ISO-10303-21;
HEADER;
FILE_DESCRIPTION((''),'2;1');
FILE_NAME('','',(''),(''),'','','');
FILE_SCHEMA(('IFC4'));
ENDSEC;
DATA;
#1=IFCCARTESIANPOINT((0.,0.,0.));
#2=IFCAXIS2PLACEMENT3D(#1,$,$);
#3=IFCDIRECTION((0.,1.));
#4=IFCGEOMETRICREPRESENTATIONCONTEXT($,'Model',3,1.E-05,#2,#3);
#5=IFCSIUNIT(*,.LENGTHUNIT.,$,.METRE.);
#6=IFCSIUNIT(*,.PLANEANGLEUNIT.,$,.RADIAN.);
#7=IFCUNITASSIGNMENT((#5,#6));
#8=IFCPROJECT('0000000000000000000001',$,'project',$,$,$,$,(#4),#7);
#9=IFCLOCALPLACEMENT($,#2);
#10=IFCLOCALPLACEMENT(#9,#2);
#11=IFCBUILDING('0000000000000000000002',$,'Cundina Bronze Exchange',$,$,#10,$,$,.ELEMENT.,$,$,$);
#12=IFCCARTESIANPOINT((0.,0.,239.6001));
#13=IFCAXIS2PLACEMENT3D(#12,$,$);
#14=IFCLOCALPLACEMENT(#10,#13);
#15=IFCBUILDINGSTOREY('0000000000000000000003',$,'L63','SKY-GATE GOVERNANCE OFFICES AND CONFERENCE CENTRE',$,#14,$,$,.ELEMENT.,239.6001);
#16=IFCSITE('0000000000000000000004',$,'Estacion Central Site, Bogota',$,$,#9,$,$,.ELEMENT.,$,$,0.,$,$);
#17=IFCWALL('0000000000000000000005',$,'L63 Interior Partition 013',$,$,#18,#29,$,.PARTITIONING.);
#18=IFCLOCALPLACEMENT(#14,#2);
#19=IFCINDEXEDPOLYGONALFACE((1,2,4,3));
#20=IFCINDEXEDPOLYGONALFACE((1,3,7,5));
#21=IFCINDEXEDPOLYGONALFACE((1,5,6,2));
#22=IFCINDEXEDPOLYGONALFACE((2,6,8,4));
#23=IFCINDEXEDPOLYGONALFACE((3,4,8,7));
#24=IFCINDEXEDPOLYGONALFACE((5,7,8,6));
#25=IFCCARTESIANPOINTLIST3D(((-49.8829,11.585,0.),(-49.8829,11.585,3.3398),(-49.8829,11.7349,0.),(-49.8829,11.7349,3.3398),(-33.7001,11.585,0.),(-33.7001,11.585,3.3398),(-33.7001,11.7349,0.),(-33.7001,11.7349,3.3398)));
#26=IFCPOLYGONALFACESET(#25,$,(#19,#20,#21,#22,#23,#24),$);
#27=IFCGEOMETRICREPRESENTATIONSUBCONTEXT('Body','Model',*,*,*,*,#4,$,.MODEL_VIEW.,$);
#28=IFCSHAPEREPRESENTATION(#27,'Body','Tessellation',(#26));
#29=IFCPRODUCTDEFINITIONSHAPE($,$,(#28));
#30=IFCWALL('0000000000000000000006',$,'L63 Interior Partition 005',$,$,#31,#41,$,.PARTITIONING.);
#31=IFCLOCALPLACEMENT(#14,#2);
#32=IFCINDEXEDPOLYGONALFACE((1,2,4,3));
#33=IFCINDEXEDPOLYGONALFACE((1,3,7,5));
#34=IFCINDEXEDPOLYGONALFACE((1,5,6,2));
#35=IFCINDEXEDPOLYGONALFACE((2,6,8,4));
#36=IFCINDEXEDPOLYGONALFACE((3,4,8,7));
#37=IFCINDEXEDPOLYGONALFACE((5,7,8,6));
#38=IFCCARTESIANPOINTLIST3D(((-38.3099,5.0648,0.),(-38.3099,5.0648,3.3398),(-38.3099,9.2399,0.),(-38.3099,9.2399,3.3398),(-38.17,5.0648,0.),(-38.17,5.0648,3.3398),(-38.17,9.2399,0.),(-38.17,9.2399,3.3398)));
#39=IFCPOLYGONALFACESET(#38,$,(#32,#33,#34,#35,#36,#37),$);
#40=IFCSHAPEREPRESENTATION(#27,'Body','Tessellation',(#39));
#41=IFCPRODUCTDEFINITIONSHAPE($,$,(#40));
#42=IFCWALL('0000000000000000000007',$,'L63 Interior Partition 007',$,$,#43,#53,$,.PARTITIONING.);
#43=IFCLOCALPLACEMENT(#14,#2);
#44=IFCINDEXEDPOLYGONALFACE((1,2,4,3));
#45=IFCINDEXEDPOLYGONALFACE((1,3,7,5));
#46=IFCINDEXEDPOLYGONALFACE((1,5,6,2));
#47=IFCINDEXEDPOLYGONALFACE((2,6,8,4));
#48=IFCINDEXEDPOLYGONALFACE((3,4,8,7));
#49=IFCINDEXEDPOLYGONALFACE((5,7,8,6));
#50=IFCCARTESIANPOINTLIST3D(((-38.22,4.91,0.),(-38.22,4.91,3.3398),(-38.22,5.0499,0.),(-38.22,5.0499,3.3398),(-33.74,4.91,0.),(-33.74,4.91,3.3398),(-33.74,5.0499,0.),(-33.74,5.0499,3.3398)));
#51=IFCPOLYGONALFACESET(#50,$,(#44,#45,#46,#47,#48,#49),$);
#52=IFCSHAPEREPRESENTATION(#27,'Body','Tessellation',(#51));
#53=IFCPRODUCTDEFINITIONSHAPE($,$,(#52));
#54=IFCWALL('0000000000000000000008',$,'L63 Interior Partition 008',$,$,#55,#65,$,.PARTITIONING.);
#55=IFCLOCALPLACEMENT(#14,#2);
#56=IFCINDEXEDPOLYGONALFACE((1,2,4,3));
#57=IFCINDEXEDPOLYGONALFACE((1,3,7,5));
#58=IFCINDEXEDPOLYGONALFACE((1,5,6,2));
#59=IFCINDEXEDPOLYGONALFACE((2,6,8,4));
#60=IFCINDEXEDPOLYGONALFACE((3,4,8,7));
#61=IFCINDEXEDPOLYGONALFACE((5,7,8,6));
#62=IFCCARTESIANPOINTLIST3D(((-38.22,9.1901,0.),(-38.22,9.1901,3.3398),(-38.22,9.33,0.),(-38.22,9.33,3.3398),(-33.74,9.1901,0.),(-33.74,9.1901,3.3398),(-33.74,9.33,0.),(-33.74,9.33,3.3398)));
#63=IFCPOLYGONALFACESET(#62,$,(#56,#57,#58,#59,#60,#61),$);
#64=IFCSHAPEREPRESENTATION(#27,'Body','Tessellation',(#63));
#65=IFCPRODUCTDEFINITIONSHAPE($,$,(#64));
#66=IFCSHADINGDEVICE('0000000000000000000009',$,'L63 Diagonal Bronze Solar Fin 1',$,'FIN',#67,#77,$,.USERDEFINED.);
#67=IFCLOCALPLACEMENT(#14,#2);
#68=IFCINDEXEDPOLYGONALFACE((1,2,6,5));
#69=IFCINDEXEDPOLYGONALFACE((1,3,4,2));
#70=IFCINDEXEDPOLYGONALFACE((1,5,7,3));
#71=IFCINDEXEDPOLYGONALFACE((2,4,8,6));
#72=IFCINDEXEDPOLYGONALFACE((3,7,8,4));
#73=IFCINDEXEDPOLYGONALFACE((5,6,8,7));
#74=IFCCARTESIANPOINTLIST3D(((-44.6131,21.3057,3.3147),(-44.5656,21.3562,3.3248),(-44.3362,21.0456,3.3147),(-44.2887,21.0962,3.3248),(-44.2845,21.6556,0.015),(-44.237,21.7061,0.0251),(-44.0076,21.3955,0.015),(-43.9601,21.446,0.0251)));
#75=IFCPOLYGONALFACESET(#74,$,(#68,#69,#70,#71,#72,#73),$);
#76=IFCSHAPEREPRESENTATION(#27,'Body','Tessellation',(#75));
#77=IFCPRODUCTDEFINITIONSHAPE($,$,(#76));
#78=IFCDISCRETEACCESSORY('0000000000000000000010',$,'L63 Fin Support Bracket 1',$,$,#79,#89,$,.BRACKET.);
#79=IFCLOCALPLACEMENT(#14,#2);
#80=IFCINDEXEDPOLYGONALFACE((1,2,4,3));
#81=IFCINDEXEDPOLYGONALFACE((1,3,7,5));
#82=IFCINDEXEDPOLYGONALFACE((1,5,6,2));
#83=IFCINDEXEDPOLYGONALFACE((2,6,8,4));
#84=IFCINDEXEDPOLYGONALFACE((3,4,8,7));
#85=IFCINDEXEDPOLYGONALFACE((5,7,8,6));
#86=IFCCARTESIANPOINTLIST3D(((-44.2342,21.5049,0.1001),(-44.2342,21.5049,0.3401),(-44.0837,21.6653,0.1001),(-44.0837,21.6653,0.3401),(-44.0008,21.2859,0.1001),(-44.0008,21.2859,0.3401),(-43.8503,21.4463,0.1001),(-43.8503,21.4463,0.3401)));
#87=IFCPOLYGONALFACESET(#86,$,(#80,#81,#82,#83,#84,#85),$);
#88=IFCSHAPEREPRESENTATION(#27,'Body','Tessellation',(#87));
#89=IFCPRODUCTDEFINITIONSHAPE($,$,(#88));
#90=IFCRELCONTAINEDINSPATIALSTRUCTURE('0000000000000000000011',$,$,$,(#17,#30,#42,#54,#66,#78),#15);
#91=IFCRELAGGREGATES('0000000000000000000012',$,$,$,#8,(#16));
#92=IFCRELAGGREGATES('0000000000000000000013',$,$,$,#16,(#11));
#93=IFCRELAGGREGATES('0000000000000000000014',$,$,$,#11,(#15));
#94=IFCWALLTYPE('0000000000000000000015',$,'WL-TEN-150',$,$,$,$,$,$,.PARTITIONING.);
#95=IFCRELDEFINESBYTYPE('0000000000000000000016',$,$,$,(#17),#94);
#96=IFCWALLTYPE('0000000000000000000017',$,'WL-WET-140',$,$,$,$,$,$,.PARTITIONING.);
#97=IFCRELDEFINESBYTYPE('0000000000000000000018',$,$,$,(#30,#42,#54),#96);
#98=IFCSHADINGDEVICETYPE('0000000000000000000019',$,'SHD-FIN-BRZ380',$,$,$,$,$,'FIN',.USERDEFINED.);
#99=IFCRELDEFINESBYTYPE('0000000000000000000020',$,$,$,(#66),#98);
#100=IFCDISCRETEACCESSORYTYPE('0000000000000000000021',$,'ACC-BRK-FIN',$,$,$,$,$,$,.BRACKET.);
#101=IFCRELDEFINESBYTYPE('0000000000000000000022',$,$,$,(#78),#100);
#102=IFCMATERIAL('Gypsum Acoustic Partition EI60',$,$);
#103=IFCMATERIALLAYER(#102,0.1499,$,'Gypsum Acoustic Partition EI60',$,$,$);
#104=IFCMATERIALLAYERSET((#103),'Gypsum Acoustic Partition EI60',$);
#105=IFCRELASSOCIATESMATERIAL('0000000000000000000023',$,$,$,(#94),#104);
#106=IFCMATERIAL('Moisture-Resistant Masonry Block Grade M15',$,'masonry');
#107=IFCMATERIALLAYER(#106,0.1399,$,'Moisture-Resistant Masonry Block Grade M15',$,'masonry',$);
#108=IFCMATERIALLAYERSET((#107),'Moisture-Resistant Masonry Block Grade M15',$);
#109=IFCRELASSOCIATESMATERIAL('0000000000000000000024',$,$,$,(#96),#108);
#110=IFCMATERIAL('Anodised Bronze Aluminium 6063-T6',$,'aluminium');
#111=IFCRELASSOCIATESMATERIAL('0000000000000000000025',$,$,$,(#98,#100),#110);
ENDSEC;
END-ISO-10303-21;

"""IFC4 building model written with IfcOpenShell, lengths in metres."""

from ifc_helpers import new_model, si_unit, direction, frame, frame_2d, origin, origin_2d, place, context, subcontext, project, spatial, rectangle, extrude, material, layer, layer_set, material_profile, profile_set, type_object, element, save


model = new_model("IFC4")

# Units and contexts
model_context = context("Model", 3, precision=1e-05, world=origin(), true_north=direction((0.0, 1.0)))
body_context = subcontext(model_context, "Body", "Model", "MODEL_VIEW")
ifc_project = project(units=[si_unit("LENGTHUNIT", "METRE"), si_unit("PLANEANGLEUNIT", "RADIAN")], contexts=[model_context])

# Site, building, storey
site_placement = place(None, origin())
site = spatial("IfcSite", under=ifc_project, at=site_placement, Name="Estacion Central Site, Bogota", CompositionType="ELEMENT", RefElevation=0.0)
building_placement = place(site_placement, origin())
building = spatial("IfcBuilding", under=site, at=building_placement, Name="Cundina Bronze Exchange", CompositionType="ELEMENT")
storey_placement = place(building_placement, frame((0.0, 0.0, 239.6001)))
storey = spatial("IfcBuildingStorey", under=building, at=storey_placement, Name="L63", Description="SKY-GATE GOVERNANCE OFFICES AND CONFERENCE CENTRE", CompositionType="ELEMENT", Elevation=239.6001)

# Shared definitions
ifc_material_1 = material(Name="Anodised Bronze Aluminium 6063-T6", Category="aluminium")

# Walls
ifc_material_2 = material(Name="Gypsum Acoustic Partition EI60")
ifc_layer_1 = layer(ifc_material_2, 0.1499, Name="Gypsum Acoustic Partition EI60")
ifc_layer_set_1 = layer_set([ifc_layer_1], Name="Gypsum Acoustic Partition EI60")
wall_type_1 = type_object("IfcWallType", Name="WL-TEN-150", PredefinedType="PARTITIONING", material=ifc_layer_set_1)
wall_1_placement = place(storey_placement, frame((-49.8828, 11.6599, 0.0), z_axis=(0.0, 0.0, 1.0), x_axis=(1.0, 0.0, 0.0)))
element("IfcWall", 1, at=wall_1_placement, inside=storey, type_object=wall_type_1, Name="L63 Interior Partition 013", PredefinedType="PARTITIONING", context=body_context, shape_type="SweptSolid", body=[
    extrude(rectangle(XDim=16.1829, YDim=0.1499, at=frame_2d((8.0913, 0.0))), origin(), (0.0, 0.0, 1.0), 3.3398),
])
ifc_material_3 = material(Name="Moisture-Resistant Masonry Block Grade M15", Category="masonry")
ifc_layer_2 = layer(ifc_material_3, 0.1399, Name="Moisture-Resistant Masonry Block Grade M15", Category="masonry")
ifc_layer_set_2 = layer_set([ifc_layer_2], Name="Moisture-Resistant Masonry Block Grade M15")
wall_type_2 = type_object("IfcWallType", Name="WL-WET-140", PredefinedType="PARTITIONING", material=ifc_layer_set_2)
wall_2_placement = place(storey_placement, frame((-38.24, 5.0649, 0.0), z_axis=(0.0, 0.0, 1.0), x_axis=(0.0, 1.0, 0.0)))
element("IfcWall", 2, at=wall_2_placement, inside=storey, type_object=wall_type_2, Name="L63 Interior Partition 005", PredefinedType="PARTITIONING", context=body_context, shape_type="SweptSolid", body=[
    extrude(rectangle(XDim=4.175, YDim=0.1399, at=frame_2d((2.0874, 0.0))), origin(), (0.0, 0.0, 1.0), 3.3398),
])
for number, where, z_axis, x_axis, name in (
    (3, (-38.22, 4.98, 0.0), (0.0, 0.0, 1.0), (1.0, 0.0, 0.0), "L63 Interior Partition 007"),
    (4, (-38.22, 9.26, 0.0), (0.0, 0.0, 1.0), (1.0, 0.0, 0.0), "L63 Interior Partition 008"),
):
    element("IfcWall", number, at=place(storey_placement, frame(where, z_axis=z_axis, x_axis=x_axis)), inside=storey, type_object=wall_type_2, Name=name, PredefinedType="PARTITIONING", context=body_context, shape_type="SweptSolid", body=[
        extrude(rectangle(XDim=4.48, YDim=0.1399, at=frame_2d((2.24, 0.0))), origin(), (0.0, 0.0, 1.0), 3.3398),
    ])

# Shading device
ifc_material_profile_1 = material_profile(ifc_material_1, rectangle(XDim=0.0701, YDim=0.3799, at=origin_2d()), Name="FIN70X380", Category="aluminium")
ifc_profile_set_1 = profile_set([ifc_material_profile_1], Name="Anodised Bronze Aluminium 6063-T6")
shading_device_type = type_object("IfcShadingDeviceType", Name="SHD-FIN-BRZ380", ElementType="FIN", PredefinedType="USERDEFINED", material=ifc_profile_set_1)
shading_device_placement = place(storey_placement, frame((-44.1223, 21.5508, 0.02), z_axis=(-0.098549, -0.104918, 0.989586), x_axis=(0.677505, 0.721296, 0.143943)))
element("IfcShadingDevice", 5, at=shading_device_placement, inside=storey, type_object=shading_device_type, Name="L63 Diagonal Bronze Solar Fin 1", ObjectType="FIN", PredefinedType="USERDEFINED", context=body_context, shape_type="SweptSolid", body=[
    extrude(rectangle(XDim=0.0701, YDim=0.3799, at=origin_2d()), origin(), (0.0, 0.0, 1.0), 3.3345),
])

# Discrete accessory
discrete_accessory_type = type_object("IfcDiscreteAccessoryType", Name="ACC-BRK-FIN", PredefinedType="BRACKET", material=ifc_material_1)
discrete_accessory_placement = place(storey_placement, frame((-44.0422, 21.4756, 0.1001), z_axis=(0.0, 0.0, 1.0), x_axis=(-0.684344, -0.72916, 0.0)))
element("IfcDiscreteAccessory", 6, at=discrete_accessory_placement, inside=storey, type_object=discrete_accessory_type, Name="L63 Fin Support Bracket 1", PredefinedType="BRACKET", context=body_context, shape_type="SweptSolid", body=[
    extrude(rectangle(XDim=0.22, YDim=0.3201, at=origin_2d()), origin(), (0.0, 0.0, 1.0), 0.24),
])

save(model, "model.ifc")
